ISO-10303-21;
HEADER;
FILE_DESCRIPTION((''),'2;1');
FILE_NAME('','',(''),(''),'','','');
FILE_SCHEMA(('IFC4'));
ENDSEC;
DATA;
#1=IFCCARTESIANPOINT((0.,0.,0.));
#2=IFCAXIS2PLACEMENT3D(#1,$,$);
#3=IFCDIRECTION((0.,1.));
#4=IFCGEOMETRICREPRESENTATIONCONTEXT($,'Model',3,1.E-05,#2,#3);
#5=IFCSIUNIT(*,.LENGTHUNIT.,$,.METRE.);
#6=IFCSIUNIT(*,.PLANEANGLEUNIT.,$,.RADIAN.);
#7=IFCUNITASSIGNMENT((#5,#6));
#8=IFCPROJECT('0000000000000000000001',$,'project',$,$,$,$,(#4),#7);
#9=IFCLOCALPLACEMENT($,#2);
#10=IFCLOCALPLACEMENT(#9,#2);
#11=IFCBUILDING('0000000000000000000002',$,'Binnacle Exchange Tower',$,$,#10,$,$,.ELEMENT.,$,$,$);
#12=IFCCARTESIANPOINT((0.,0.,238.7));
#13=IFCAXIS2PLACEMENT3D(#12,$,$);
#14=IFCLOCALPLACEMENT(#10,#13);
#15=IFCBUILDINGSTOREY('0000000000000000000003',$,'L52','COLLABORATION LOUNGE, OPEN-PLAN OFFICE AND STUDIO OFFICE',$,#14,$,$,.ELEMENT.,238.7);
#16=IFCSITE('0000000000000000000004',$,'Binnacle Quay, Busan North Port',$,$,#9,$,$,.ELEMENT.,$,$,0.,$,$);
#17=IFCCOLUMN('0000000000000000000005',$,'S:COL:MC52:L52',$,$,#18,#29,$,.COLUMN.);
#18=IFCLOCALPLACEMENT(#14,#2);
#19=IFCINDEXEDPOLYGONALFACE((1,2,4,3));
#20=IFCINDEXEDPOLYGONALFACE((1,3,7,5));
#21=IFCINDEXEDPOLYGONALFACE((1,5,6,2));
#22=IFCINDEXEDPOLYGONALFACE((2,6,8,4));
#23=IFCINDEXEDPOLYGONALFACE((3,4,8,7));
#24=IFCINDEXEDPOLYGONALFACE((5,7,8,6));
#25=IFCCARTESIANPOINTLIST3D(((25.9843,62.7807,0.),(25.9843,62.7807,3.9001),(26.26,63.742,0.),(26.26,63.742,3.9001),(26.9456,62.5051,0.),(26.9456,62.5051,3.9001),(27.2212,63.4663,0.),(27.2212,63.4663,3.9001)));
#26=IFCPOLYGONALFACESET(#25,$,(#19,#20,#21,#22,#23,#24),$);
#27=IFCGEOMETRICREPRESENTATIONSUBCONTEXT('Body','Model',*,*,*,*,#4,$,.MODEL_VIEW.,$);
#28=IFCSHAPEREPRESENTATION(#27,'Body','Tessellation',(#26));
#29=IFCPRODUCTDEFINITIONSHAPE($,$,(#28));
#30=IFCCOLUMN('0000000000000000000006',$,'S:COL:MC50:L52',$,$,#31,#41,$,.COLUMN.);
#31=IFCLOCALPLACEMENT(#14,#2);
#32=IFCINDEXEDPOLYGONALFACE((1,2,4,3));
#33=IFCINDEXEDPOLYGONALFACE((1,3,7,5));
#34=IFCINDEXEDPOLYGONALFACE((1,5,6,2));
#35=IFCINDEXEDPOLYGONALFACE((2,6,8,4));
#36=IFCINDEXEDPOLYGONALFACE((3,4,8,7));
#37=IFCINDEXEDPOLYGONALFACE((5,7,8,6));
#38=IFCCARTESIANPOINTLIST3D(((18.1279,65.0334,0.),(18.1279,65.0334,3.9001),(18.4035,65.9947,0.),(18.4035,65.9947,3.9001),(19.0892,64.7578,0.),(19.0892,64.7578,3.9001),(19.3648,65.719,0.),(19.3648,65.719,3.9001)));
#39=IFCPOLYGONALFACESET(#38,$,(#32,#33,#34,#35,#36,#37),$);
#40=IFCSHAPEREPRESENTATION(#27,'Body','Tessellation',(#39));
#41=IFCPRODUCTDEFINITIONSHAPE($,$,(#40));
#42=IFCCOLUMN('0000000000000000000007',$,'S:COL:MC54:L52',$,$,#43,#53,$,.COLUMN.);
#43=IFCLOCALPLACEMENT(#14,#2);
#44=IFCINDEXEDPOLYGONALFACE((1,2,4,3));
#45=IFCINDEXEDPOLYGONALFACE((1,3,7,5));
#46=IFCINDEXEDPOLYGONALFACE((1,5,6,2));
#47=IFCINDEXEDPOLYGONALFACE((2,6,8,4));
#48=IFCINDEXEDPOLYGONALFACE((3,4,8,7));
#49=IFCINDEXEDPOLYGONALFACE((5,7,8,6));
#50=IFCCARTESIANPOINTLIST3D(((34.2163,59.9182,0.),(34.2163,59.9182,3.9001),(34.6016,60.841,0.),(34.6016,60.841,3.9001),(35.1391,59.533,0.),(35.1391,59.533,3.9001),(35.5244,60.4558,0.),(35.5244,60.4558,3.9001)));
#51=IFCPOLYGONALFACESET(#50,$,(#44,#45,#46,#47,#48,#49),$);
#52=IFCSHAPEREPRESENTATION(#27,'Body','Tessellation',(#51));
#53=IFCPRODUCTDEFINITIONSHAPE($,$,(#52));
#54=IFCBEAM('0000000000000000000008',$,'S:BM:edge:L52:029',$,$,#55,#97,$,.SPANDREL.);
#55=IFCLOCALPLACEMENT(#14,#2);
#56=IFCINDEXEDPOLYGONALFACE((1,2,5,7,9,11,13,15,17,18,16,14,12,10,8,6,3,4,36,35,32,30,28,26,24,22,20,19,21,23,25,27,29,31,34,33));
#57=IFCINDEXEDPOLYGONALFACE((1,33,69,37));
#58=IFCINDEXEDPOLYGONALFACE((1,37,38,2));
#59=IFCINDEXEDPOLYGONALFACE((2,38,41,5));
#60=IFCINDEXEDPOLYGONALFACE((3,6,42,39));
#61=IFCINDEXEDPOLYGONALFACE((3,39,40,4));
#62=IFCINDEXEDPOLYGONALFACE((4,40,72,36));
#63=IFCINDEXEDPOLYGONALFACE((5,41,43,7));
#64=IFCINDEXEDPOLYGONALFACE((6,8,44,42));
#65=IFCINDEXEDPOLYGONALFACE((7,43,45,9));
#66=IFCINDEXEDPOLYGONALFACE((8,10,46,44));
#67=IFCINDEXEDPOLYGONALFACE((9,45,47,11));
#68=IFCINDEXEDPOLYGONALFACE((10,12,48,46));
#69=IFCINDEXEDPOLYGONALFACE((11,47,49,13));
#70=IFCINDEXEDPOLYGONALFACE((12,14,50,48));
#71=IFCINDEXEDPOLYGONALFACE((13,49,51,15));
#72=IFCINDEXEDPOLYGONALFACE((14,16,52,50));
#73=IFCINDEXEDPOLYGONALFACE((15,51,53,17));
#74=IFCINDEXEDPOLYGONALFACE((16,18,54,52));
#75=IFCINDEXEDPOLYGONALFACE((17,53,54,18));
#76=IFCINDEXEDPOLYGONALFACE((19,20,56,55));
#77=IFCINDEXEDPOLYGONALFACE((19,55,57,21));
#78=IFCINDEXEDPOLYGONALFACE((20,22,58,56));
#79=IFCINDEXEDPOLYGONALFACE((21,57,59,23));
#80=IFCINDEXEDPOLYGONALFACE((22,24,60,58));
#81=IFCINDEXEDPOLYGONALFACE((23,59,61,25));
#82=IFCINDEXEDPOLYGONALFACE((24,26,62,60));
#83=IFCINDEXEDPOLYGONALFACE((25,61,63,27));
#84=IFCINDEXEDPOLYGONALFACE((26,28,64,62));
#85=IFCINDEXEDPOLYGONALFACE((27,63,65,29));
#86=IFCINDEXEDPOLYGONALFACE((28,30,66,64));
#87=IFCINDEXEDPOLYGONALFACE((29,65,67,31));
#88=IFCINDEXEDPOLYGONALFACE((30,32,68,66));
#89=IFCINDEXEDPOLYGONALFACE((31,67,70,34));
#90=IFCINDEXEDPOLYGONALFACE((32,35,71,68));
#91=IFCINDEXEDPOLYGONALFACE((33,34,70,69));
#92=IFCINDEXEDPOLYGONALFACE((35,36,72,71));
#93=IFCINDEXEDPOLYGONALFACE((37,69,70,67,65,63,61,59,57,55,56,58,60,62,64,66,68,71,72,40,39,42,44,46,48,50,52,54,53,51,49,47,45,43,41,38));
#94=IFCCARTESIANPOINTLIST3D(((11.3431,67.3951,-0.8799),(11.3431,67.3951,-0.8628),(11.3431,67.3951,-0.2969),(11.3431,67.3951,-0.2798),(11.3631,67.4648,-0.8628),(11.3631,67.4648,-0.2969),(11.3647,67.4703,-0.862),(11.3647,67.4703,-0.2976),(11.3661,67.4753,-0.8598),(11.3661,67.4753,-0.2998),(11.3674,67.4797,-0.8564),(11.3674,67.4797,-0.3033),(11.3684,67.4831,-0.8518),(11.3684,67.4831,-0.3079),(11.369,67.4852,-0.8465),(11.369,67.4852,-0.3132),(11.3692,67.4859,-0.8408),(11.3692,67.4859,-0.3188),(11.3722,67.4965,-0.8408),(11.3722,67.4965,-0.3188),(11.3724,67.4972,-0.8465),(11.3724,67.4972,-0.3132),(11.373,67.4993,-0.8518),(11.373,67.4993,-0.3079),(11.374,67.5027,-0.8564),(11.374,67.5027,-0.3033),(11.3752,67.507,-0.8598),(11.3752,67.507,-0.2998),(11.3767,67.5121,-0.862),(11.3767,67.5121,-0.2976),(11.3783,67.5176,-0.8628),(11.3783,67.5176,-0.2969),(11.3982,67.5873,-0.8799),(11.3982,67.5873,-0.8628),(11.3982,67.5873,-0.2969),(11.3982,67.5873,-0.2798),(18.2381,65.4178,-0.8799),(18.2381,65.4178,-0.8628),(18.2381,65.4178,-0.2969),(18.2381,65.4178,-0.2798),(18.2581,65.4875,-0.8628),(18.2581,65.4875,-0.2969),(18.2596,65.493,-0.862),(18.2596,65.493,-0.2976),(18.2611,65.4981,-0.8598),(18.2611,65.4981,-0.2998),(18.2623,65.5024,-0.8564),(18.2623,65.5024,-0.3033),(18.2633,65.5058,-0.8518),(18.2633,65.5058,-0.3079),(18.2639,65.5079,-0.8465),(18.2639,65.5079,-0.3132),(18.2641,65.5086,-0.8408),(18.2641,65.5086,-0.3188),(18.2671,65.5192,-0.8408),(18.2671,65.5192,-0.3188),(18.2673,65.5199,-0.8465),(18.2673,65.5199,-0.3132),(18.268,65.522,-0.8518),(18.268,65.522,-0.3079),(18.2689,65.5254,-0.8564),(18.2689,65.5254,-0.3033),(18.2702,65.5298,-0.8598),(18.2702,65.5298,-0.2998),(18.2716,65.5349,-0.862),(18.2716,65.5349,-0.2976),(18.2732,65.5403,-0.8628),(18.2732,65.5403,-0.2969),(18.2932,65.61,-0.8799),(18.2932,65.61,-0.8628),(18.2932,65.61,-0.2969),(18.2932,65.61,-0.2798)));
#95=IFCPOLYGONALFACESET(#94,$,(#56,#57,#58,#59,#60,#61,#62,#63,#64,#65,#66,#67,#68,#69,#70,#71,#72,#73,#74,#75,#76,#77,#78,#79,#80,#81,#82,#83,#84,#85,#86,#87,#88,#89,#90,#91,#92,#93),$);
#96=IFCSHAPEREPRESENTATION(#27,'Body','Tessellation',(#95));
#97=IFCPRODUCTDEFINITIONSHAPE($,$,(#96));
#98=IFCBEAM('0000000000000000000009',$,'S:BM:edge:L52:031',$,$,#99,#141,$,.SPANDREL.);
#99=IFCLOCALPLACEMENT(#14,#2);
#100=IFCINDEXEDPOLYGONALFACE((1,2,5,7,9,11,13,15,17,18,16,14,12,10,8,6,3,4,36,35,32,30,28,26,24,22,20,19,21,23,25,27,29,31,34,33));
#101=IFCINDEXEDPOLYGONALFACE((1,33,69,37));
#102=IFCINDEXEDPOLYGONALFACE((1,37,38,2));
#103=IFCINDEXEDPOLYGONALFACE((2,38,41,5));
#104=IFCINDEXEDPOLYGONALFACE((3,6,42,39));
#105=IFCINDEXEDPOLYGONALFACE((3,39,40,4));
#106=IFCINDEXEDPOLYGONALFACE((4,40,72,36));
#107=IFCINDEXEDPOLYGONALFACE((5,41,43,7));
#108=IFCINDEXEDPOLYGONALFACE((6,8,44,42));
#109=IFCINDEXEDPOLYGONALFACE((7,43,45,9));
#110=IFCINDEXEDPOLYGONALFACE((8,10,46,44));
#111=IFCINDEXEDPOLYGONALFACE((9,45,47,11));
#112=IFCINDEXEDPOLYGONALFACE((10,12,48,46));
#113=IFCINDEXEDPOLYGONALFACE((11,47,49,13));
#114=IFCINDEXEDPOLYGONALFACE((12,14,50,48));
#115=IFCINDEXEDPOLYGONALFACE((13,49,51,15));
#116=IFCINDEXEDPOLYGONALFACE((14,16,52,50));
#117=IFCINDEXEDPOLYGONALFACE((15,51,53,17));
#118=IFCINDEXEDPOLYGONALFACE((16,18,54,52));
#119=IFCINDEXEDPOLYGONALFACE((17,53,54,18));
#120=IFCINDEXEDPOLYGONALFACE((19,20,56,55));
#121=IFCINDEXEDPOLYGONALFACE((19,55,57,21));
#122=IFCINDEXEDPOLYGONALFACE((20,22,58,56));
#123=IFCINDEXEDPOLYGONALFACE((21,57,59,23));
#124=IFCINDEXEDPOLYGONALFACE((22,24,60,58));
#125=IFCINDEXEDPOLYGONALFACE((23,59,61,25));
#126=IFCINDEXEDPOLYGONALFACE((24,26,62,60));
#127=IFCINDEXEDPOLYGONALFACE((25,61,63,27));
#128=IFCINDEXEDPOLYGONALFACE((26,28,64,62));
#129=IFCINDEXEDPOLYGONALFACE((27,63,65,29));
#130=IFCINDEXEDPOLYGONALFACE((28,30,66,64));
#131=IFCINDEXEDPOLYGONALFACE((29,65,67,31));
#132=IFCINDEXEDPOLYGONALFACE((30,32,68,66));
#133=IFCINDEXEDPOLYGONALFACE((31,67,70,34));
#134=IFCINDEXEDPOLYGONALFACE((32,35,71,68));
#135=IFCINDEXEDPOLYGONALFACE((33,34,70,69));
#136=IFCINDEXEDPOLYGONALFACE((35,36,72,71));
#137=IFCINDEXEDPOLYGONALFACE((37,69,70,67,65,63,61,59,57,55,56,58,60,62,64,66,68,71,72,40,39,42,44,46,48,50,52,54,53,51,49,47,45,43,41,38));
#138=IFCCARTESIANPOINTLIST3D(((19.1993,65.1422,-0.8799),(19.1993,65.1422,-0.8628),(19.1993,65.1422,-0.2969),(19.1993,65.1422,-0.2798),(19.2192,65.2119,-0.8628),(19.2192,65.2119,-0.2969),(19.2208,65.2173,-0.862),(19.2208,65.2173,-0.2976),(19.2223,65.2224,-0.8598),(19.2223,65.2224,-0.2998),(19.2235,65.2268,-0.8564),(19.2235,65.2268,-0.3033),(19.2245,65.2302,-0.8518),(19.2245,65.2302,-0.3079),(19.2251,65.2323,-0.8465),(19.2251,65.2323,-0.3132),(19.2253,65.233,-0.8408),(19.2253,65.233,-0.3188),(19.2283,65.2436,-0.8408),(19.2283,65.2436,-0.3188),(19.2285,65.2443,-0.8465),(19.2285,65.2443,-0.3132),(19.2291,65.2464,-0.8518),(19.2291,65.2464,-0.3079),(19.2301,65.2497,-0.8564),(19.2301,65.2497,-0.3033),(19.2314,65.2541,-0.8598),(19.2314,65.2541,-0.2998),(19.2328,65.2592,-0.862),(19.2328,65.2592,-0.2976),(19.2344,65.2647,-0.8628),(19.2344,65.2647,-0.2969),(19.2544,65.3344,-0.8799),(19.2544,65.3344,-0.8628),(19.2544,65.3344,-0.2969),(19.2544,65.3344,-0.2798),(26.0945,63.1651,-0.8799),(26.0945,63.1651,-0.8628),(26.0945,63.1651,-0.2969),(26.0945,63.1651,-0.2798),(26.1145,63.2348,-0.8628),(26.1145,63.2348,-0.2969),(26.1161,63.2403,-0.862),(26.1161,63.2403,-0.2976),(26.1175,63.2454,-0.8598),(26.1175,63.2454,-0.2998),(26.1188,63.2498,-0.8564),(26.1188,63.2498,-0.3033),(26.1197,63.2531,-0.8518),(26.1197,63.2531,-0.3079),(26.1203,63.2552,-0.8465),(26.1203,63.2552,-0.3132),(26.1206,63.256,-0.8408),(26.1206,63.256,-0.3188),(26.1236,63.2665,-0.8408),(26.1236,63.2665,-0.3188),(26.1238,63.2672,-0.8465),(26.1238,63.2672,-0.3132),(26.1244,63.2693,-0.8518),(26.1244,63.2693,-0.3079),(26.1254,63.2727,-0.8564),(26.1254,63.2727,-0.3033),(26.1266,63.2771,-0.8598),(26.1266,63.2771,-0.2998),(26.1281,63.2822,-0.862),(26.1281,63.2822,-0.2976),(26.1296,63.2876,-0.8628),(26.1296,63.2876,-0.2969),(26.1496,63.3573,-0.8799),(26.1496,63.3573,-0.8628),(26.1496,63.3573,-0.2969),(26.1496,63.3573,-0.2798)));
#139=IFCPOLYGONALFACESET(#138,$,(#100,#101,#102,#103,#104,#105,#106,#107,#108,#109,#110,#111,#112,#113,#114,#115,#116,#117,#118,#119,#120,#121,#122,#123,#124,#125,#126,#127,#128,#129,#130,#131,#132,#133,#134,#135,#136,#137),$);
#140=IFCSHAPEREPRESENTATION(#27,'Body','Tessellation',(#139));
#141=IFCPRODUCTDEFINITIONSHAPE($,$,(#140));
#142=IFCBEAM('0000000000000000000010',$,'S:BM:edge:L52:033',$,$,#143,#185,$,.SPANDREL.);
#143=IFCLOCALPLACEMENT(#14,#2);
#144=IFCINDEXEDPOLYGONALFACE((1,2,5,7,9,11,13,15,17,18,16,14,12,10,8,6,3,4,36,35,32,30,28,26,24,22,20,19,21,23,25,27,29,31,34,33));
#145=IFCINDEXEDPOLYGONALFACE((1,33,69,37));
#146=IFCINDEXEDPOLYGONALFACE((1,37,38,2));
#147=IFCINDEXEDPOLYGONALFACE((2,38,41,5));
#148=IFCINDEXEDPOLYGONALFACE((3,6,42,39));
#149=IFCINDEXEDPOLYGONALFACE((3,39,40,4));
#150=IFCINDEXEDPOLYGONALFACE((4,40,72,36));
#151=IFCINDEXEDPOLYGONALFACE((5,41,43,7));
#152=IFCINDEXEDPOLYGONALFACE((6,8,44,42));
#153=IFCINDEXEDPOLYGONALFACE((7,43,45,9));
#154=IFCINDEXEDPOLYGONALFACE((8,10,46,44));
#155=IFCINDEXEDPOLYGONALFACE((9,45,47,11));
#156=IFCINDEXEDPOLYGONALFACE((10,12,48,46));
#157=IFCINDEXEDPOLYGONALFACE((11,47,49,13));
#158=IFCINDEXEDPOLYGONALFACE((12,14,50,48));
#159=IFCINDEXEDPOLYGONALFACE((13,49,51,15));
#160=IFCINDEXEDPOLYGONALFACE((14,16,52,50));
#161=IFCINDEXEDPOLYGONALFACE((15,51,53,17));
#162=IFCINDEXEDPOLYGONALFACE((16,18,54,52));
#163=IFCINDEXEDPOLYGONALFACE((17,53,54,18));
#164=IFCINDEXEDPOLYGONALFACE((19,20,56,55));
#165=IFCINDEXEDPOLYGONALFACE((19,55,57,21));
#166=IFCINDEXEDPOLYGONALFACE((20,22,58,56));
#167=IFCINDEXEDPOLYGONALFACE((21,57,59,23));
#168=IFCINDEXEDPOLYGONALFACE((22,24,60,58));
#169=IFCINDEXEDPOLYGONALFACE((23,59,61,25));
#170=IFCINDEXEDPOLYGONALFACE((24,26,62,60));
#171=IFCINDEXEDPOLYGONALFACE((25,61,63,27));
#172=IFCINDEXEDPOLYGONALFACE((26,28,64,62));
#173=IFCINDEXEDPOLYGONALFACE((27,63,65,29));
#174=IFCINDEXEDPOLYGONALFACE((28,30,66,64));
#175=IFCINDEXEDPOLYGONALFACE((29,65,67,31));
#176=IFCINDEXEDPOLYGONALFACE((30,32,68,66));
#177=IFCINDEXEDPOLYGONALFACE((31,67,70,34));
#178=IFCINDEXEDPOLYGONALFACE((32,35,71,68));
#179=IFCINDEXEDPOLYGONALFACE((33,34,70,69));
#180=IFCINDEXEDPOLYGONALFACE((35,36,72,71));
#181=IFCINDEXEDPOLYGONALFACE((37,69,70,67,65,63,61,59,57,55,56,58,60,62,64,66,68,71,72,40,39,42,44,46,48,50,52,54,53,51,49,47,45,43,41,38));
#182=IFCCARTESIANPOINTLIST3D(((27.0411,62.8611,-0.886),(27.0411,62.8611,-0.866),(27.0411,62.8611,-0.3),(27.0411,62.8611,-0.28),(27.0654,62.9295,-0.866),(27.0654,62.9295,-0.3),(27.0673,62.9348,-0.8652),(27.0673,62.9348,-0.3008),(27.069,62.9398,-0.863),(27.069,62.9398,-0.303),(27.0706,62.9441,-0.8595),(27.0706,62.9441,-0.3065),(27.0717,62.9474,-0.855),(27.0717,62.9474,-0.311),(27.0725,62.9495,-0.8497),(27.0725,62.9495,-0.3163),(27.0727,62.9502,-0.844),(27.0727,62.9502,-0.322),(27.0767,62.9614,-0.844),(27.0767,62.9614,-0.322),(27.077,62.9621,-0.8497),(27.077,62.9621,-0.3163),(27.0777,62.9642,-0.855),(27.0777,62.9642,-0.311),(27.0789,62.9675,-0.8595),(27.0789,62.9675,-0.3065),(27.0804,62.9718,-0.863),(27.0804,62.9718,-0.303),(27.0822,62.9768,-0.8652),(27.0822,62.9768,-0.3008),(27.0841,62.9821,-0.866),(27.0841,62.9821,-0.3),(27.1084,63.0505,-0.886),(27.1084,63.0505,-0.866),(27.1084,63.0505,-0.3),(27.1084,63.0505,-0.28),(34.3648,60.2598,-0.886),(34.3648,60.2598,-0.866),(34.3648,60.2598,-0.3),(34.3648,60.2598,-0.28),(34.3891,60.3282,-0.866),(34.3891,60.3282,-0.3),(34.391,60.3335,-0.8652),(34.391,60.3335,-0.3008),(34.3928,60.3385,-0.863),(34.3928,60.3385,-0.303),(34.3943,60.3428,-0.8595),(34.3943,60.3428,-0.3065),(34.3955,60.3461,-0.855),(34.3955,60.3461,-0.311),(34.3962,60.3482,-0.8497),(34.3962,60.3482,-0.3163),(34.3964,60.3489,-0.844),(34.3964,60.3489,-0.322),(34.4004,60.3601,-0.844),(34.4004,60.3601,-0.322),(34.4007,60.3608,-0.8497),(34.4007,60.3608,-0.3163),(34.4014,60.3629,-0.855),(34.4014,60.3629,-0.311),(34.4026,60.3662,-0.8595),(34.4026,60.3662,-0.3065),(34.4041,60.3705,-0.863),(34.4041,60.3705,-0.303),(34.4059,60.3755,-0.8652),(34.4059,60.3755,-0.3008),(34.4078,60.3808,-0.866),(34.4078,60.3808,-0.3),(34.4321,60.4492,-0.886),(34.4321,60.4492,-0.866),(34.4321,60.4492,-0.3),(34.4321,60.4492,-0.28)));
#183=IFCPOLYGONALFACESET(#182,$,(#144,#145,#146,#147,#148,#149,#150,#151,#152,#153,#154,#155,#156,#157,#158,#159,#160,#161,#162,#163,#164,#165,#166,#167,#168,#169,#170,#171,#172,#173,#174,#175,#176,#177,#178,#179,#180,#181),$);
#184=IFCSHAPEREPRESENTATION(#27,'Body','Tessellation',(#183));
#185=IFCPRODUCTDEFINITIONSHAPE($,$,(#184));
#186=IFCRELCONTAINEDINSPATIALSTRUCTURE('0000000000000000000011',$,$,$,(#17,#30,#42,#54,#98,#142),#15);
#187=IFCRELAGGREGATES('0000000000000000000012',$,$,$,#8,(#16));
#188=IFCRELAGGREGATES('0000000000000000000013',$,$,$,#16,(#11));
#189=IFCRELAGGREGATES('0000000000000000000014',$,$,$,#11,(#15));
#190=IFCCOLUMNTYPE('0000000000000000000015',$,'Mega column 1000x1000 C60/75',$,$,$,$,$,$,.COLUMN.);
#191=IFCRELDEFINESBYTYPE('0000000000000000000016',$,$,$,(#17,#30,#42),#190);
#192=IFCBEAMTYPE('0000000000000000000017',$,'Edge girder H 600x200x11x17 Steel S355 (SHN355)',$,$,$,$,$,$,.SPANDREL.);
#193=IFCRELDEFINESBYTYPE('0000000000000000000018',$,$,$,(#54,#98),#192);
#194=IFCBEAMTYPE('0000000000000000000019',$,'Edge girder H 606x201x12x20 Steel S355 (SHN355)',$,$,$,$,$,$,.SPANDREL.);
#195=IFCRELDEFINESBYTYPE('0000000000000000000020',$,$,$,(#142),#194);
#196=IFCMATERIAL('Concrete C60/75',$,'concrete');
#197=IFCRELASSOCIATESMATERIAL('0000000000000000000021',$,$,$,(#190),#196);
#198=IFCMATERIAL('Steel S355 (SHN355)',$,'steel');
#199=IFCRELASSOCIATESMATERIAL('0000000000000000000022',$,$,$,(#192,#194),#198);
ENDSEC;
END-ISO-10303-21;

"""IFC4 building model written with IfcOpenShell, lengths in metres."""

from ifc_helpers import new_model, si_unit, direction, frame, origin, origin_2d, place, context, subcontext, project, spatial, rectangle, i_section, extrude, material, material_profile, profile_set, type_object, element, save


model = new_model("IFC4")

# Units and contexts
model_context = context("Model", 3, precision=1e-05, world=origin(), true_north=direction((0.0, 1.0)))
body_context = subcontext(model_context, "Body", "Model", "MODEL_VIEW")
ifc_project = project(units=[si_unit("LENGTHUNIT", "METRE"), si_unit("PLANEANGLEUNIT", "RADIAN")], contexts=[model_context])

# Site, building, storey
site_placement = place(None, origin())
site = spatial("IfcSite", under=ifc_project, at=site_placement, Name="Binnacle Quay, Busan North Port", CompositionType="ELEMENT", RefElevation=0.0)
building_placement = place(site_placement, origin())
building = spatial("IfcBuilding", under=site, at=building_placement, Name="Binnacle Exchange Tower", CompositionType="ELEMENT")
storey_placement = place(building_placement, frame((0.0, 0.0, 238.7)))
storey = spatial("IfcBuildingStorey", under=building, at=storey_placement, Name="L52", Description="COLLABORATION LOUNGE, OPEN-PLAN OFFICE AND STUDIO OFFICE", CompositionType="ELEMENT", Elevation=238.7)

# Columns
ifc_material_1 = material(Name="Concrete C60/75", Category="concrete")
ifc_material_profile_1 = material_profile(ifc_material_1, rectangle(XDim=1.0, YDim=1.0, at=origin_2d()), Name="Mega column 1000x1000 C60/75")
ifc_profile_set_1 = profile_set([ifc_material_profile_1], Name="Concrete C60/75")
column_type = type_object("IfcColumnType", Name="Mega column 1000x1000 C60/75", PredefinedType="COLUMN", material=ifc_profile_set_1)
for number, where, z_axis, x_axis, name in (
    (1, (26.6028, 63.1235, 0.0), (0.0, 0.0, 1.0), (-0.961262, 0.275637, 0.0), "S:COL:MC52:L52"),
    (2, (18.7463, 65.3762, 0.0), (0.0, 0.0, 1.0), (-0.961262, 0.275637, 0.0), "S:COL:MC50:L52"),
    (3, (34.8704, 60.187, 0.0), (0.0, 0.0, 1.0), (-0.922814, 0.385246, 0.0), "S:COL:MC54:L52"),
):
    element("IfcColumn", number, at=place(storey_placement, frame(where, z_axis=z_axis, x_axis=x_axis)), inside=storey, type_object=column_type, Name=name, PredefinedType="COLUMN", context=body_context, shape_type="SweptSolid", body=[
        extrude(rectangle(XDim=1.0, YDim=1.0, at=origin_2d()), origin(), (0.0, 0.0, 1.0), 3.9001),
    ])

# Beams
ifc_material_2 = material(Name="Steel S355 (SHN355)", Category="steel")
ifc_material_profile_2 = material_profile(ifc_material_2, i_section(OverallWidth=0.2, OverallDepth=0.6001, WebThickness=0.011, FlangeThickness=0.0171, FilletRadius=0.022, at=origin_2d()), Name="H 600x200x11x17")
ifc_profile_set_2 = profile_set([ifc_material_profile_2], Name="Steel S355 (SHN355)")
beam_type_1 = type_object("IfcBeamType", Name="Edge girder H 600x200x11x17 Steel S355 (SHN355)", PredefinedType="SPANDREL", material=ifc_profile_set_2)
beam_1_placement = place(storey_placement, frame((18.2656, 65.5139, -0.5798), z_axis=(-0.961255, 0.275661, 0.0), x_axis=(-0.275661, -0.961255, 0.0)))
element("IfcBeam", 4, at=beam_1_placement, inside=storey, type_object=beam_type_1, Name="S:BM:edge:L52:029", PredefinedType="SPANDREL", context=body_context, shape_type="SweptSolid", body=[
    extrude(i_section(OverallWidth=0.2, OverallDepth=0.6001, WebThickness=0.011, FlangeThickness=0.0171, FilletRadius=0.022, at=origin_2d()), origin(), (0.0, 0.0, 1.0), 7.1729),
])
beam_2_placement = place(storey_placement, frame((26.1221, 63.2612, -0.5798), z_axis=(-0.961267, 0.27562, 0.0), x_axis=(-0.27562, -0.961267, 0.0)))
element("IfcBeam", 5, at=beam_2_placement, inside=storey, type_object=beam_type_1, Name="S:BM:edge:L52:031", PredefinedType="SPANDREL", context=body_context, shape_type="SweptSolid", body=[
    extrude(i_section(OverallWidth=0.2, OverallDepth=0.6001, WebThickness=0.011, FlangeThickness=0.0171, FilletRadius=0.022, at=origin_2d()), origin(), (0.0, 0.0, 1.0), 7.1731),
])
ifc_material_profile_3 = material_profile(ifc_material_2, i_section(OverallWidth=0.2009, OverallDepth=0.606, WebThickness=0.012, FlangeThickness=0.02, FilletRadius=0.022, at=origin_2d()), Name="H 606x201x12x20")
ifc_profile_set_3 = profile_set([ifc_material_profile_3], Name="Steel S355 (SHN355)")
beam_type_2 = type_object("IfcBeamType", Name="Edge girder H 606x201x12x20 Steel S355 (SHN355)", PredefinedType="SPANDREL", material=ifc_profile_set_3)
beam_3_placement = place(storey_placement, frame((34.3984, 60.3545, -0.583), z_axis=(-0.942323, 0.334704, 0.0), x_axis=(-0.334704, -0.942323, 0.0)))
element("IfcBeam", 6, at=beam_3_placement, inside=storey, type_object=beam_type_2, Name="S:BM:edge:L52:033", PredefinedType="SPANDREL", context=body_context, shape_type="SweptSolid", body=[
    extrude(i_section(OverallWidth=0.2009, OverallDepth=0.606, WebThickness=0.012, FlangeThickness=0.02, FilletRadius=0.022, at=origin_2d()), origin(), (0.0, 0.0, 1.0), 7.772),
])

save(model, "model.ifc")
